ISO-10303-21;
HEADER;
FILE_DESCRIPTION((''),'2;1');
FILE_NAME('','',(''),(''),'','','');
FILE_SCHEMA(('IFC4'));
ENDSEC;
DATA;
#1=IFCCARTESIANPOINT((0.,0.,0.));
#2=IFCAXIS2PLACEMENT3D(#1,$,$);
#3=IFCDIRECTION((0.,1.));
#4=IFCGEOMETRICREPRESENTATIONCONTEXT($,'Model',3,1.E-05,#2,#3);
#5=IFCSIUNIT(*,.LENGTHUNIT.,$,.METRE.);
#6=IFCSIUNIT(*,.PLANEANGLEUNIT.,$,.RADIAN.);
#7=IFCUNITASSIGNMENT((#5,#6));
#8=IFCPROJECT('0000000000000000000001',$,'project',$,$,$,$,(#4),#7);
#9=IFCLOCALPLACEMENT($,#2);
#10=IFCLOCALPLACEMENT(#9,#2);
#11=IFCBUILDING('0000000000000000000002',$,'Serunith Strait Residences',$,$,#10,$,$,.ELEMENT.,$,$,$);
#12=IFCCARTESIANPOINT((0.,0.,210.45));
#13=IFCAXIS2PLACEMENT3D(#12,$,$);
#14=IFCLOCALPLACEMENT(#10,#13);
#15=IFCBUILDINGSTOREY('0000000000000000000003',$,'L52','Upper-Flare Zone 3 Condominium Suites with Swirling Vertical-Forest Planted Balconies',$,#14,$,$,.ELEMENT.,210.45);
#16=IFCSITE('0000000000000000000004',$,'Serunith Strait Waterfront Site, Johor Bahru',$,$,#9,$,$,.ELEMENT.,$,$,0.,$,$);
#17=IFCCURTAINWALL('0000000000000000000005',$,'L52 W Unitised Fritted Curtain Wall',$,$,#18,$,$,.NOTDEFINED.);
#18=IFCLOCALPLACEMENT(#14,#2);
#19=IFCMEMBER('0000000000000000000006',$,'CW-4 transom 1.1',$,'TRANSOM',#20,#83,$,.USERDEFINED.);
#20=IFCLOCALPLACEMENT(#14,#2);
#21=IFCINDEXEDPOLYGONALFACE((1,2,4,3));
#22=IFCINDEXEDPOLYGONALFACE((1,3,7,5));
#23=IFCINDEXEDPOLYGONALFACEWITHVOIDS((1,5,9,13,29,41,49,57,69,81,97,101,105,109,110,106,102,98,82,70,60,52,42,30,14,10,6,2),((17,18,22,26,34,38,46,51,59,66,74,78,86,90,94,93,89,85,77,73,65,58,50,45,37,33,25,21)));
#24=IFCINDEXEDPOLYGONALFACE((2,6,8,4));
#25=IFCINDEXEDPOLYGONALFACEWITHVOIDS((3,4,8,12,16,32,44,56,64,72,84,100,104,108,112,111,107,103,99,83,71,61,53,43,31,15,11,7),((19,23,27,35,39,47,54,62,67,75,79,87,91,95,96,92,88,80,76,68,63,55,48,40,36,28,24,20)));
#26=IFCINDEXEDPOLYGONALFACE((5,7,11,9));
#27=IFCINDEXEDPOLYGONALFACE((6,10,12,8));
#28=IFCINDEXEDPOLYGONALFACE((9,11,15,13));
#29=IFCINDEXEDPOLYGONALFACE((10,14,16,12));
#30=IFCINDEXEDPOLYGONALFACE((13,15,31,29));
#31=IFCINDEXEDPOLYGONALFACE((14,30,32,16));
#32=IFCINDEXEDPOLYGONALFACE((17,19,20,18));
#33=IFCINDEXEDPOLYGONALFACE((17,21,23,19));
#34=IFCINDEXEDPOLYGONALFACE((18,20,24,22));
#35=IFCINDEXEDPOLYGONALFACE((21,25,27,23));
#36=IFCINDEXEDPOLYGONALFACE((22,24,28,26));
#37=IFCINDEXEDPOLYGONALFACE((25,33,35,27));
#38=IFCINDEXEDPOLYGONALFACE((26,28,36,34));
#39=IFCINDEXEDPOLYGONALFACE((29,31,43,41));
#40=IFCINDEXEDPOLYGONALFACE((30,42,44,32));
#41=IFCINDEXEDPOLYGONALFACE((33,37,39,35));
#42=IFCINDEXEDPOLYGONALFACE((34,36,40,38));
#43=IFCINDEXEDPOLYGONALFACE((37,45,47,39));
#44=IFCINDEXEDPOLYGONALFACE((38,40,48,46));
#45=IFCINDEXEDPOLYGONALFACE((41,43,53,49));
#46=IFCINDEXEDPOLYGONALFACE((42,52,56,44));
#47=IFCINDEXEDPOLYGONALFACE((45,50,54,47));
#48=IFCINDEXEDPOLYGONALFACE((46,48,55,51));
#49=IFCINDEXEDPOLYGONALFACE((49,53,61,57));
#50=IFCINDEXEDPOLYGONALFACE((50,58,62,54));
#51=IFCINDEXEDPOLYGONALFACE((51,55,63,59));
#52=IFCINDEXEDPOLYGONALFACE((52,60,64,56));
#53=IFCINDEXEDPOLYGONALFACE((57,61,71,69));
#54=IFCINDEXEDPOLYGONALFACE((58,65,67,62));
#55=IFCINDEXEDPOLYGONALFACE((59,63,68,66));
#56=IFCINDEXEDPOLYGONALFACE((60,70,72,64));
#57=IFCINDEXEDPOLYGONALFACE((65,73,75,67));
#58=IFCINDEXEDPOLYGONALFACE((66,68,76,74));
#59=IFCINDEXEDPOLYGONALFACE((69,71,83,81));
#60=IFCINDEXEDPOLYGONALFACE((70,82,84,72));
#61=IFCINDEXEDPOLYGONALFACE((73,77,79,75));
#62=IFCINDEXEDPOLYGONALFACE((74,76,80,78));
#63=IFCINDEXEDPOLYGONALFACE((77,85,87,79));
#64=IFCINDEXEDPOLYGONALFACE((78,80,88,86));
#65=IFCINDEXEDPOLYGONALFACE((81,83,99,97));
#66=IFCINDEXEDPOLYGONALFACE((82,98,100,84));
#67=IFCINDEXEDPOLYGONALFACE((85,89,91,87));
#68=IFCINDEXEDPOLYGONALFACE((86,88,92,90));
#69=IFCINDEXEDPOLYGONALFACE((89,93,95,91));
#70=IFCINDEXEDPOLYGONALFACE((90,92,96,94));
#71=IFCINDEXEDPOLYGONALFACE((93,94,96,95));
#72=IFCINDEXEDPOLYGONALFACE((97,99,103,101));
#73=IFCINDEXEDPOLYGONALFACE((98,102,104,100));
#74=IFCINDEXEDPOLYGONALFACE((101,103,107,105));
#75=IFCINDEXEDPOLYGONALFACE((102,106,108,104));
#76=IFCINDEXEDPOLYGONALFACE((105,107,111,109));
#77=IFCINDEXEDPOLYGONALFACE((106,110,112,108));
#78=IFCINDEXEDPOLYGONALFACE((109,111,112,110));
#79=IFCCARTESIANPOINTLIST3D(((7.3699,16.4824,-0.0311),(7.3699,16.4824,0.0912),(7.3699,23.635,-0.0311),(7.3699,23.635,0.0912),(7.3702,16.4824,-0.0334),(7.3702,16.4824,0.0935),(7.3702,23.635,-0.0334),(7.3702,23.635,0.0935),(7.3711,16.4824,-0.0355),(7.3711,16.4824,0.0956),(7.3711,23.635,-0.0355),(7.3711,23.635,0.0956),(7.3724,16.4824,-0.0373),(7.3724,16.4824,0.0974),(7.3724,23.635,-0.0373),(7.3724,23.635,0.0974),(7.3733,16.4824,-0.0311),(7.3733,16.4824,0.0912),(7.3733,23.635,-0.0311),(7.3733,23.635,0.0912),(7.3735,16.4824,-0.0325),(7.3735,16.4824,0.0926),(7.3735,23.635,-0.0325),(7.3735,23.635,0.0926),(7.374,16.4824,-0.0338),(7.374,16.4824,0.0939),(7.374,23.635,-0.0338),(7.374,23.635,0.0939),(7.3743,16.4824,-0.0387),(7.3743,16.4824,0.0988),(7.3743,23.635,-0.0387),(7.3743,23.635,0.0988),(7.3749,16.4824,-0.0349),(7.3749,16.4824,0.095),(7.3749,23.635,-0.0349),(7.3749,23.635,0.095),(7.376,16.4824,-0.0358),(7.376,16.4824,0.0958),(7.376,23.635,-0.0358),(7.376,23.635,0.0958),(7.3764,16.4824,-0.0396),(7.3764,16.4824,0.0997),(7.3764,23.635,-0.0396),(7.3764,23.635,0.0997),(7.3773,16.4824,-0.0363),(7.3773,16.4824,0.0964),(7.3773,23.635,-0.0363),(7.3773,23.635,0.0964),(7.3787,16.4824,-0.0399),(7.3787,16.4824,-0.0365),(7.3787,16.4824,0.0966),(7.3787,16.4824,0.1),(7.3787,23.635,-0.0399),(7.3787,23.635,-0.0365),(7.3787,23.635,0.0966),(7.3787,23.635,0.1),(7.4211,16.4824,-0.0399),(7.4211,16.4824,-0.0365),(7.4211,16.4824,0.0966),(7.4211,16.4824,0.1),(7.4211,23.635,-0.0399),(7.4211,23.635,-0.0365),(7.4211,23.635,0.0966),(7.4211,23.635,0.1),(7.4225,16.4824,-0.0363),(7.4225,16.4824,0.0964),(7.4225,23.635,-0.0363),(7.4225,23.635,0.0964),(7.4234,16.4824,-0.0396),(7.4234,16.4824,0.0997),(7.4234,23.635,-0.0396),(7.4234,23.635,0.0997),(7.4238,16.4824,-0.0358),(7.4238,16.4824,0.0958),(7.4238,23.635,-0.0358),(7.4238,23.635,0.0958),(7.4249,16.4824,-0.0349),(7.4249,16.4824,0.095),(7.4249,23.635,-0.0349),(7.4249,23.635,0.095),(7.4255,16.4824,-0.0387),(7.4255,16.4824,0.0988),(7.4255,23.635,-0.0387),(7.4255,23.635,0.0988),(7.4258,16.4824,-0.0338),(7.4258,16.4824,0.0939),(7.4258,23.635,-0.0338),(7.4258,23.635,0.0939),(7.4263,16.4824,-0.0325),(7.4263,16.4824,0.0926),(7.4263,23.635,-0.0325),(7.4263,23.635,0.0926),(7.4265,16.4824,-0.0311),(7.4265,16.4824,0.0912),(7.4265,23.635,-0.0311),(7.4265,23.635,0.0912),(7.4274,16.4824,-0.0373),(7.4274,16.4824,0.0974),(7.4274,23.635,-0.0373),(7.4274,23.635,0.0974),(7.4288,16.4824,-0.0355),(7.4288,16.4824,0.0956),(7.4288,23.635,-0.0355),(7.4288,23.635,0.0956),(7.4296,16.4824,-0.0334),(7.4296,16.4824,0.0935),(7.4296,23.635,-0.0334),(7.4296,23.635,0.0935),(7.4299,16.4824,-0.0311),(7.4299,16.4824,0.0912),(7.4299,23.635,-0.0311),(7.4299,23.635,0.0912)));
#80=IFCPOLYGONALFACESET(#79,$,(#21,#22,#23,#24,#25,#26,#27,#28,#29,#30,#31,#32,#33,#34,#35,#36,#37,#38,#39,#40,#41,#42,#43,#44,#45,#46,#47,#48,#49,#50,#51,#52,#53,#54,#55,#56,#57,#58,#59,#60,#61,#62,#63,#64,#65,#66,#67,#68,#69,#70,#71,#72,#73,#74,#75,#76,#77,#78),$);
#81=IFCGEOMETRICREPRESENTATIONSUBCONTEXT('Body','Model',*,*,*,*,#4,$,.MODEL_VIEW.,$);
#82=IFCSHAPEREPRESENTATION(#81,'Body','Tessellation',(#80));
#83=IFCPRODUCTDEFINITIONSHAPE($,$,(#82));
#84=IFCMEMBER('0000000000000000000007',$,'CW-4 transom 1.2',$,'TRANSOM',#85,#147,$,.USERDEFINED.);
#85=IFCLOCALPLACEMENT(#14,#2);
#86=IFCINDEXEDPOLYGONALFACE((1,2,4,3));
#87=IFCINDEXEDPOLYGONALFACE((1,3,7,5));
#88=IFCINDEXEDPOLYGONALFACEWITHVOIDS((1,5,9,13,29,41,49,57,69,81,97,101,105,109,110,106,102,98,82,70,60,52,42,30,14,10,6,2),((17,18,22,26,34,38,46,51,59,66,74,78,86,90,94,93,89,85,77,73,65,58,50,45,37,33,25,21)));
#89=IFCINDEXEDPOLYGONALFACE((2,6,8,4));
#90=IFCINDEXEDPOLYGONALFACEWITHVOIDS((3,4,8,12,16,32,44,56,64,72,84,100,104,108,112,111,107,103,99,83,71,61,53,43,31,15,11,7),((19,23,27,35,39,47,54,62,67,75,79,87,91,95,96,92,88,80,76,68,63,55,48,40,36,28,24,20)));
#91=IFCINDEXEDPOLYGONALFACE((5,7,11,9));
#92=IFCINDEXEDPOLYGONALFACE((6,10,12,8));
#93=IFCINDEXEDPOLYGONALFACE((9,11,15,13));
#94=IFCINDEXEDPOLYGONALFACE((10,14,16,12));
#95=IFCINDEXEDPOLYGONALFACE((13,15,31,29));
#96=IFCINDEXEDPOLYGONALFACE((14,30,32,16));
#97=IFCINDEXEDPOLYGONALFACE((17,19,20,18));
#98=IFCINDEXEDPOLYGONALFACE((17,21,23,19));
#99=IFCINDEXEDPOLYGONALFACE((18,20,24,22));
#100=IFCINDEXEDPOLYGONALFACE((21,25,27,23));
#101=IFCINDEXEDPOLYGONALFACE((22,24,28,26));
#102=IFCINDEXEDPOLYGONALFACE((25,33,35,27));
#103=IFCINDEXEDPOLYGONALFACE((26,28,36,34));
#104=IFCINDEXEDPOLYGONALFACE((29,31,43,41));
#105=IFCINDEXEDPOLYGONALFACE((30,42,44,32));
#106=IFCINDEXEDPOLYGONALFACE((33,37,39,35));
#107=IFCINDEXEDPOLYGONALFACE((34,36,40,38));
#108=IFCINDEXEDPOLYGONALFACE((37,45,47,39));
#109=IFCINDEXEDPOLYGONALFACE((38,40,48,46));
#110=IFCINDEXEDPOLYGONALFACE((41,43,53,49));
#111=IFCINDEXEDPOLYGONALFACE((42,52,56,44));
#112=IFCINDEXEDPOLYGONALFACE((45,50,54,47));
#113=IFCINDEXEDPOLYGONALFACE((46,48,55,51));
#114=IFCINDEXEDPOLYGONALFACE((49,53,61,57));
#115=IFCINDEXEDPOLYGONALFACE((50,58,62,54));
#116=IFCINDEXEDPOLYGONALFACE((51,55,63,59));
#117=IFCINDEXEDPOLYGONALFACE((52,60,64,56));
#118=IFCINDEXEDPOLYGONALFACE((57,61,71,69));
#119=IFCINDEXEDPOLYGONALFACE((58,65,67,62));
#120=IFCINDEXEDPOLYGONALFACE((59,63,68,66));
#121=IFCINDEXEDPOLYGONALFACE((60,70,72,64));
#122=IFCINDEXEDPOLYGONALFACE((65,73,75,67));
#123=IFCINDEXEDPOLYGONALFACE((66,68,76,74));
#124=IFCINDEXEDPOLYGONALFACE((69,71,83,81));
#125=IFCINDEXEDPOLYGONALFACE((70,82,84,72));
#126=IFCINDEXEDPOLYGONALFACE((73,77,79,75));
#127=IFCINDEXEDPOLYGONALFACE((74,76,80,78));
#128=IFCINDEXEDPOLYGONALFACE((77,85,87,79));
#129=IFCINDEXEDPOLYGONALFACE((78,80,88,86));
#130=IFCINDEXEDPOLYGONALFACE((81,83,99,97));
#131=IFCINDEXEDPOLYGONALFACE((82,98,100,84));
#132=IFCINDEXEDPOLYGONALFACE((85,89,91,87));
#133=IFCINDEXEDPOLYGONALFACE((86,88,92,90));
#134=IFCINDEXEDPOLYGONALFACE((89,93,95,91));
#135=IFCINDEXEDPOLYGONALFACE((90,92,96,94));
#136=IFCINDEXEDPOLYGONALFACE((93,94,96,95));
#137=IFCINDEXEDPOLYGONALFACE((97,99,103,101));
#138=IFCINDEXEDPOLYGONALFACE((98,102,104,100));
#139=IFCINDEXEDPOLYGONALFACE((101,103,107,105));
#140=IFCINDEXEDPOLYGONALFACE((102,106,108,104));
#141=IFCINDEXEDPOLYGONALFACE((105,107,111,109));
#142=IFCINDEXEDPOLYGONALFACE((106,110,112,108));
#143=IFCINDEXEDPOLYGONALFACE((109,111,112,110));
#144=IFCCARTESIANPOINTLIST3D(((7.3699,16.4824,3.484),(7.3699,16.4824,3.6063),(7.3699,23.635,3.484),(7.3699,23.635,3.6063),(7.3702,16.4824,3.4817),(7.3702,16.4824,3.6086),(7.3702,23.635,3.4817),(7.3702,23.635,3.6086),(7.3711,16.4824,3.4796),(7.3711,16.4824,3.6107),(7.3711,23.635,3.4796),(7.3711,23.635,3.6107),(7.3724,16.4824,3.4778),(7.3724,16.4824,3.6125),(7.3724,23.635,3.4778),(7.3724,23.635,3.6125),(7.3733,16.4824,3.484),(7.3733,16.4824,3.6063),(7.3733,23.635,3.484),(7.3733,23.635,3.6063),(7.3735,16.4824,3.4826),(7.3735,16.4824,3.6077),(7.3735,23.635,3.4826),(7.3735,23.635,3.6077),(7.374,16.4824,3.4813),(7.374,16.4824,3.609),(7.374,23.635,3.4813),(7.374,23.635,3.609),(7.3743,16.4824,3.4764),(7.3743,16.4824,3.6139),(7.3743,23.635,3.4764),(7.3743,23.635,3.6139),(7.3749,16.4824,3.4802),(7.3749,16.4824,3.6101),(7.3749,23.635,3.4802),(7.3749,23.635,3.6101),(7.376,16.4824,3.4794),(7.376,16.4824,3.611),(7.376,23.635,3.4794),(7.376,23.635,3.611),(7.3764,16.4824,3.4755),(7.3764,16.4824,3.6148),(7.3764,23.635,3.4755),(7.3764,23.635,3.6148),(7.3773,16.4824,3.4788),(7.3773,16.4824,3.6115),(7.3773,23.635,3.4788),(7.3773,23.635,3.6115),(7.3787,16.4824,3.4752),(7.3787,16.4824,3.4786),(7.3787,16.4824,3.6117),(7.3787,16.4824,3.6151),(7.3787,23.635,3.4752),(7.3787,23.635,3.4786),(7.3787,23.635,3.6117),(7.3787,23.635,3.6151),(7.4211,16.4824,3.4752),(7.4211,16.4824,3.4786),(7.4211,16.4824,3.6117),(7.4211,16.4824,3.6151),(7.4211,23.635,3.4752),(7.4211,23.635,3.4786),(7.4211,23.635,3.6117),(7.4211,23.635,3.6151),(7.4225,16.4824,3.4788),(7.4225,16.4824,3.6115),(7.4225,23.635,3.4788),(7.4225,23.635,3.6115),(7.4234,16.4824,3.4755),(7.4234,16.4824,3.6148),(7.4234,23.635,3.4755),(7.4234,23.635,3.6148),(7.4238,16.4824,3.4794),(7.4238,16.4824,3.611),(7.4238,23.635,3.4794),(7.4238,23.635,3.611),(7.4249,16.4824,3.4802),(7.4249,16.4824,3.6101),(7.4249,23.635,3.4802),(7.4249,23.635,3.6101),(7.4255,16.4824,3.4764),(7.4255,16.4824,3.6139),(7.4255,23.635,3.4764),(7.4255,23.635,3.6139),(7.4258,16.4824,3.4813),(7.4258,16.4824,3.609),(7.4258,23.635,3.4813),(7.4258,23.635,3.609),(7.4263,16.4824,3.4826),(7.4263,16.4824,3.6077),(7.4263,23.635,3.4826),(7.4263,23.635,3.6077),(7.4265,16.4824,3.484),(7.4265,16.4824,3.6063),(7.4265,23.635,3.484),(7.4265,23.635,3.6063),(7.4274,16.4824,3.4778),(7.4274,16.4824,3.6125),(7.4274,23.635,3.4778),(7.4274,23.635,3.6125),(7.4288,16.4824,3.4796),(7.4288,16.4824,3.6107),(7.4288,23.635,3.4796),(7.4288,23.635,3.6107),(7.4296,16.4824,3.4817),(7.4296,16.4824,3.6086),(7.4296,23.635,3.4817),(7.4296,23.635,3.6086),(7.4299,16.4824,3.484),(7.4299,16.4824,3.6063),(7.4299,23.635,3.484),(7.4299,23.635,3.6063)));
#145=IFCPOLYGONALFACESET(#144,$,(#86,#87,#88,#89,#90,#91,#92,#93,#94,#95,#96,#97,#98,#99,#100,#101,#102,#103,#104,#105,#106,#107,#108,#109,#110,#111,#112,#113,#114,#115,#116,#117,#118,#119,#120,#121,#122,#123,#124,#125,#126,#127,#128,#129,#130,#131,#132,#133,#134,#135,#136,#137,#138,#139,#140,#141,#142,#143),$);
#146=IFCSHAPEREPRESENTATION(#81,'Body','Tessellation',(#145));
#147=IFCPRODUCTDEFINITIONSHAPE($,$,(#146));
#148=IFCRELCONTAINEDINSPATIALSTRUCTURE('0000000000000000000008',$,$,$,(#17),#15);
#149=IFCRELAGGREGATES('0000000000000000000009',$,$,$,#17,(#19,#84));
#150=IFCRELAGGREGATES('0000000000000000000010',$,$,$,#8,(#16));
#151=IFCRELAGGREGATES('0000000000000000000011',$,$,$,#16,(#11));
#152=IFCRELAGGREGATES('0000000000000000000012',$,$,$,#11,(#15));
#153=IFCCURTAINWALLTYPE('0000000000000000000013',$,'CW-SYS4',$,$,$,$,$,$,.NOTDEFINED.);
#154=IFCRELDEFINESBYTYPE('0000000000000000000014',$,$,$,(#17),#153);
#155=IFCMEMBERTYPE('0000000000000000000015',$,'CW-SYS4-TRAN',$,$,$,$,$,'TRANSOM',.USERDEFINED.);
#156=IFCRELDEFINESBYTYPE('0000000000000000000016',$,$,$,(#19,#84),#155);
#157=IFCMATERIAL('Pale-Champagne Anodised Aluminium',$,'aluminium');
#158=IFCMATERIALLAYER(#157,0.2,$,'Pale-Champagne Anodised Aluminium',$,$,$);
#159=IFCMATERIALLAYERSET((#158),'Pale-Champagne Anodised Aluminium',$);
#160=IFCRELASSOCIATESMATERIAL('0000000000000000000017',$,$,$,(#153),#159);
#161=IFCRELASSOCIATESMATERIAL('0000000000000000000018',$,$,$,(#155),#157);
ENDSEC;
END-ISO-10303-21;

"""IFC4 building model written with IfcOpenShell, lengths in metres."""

from ifc_helpers import new_model, si_unit, direction, frame, origin, origin_2d, place, context, subcontext, project, spatial, hollow_rectangle, extrude, source, transform, mapped, material, layer, layer_set, material_profile, profile_set, type_object, element, aggregate, save


model = new_model("IFC4")

# Units and contexts
model_context = context("Model", 3, precision=1e-05, world=origin(), true_north=direction((0.0, 1.0)))
body_context = subcontext(model_context, "Body", "Model", "MODEL_VIEW")
ifc_project = project(units=[si_unit("LENGTHUNIT", "METRE"), si_unit("PLANEANGLEUNIT", "RADIAN")], contexts=[model_context])

# Site, building, storey
site_placement = place(None, origin())
site = spatial("IfcSite", under=ifc_project, at=site_placement, Name="Serunith Strait Waterfront Site, Johor Bahru", CompositionType="ELEMENT", RefElevation=0.0)
building_placement = place(site_placement, origin())
building = spatial("IfcBuilding", under=site, at=building_placement, Name="Serunith Strait Residences", CompositionType="ELEMENT")
storey_placement = place(building_placement, frame((0.0, 0.0, 210.45)))
storey = spatial("IfcBuildingStorey", under=building, at=storey_placement, Name="L52", Description="Upper-Flare Zone 3 Condominium Suites with Swirling Vertical-Forest Planted Balconies", CompositionType="ELEMENT", Elevation=210.45)

# Curtain wall, members
ifc_material_1 = material(Name="Pale-Champagne Anodised Aluminium", Category="aluminium")
ifc_layer_1 = layer(ifc_material_1, 0.2, Name="Pale-Champagne Anodised Aluminium")
ifc_layer_set_1 = layer_set([ifc_layer_1], Name="Pale-Champagne Anodised Aluminium")
curtain_wall_type = type_object("IfcCurtainWallType", Name="CW-SYS4", PredefinedType="NOTDEFINED", material=ifc_layer_set_1)
curtain_wall_placement = place(storey_placement, origin())
curtain_wall = element("IfcCurtainWall", 1, at=curtain_wall_placement, inside=storey, type_object=curtain_wall_type, Name="L52 W Unitised Fritted Curtain Wall", PredefinedType="NOTDEFINED")
ifc_material_profile_1 = material_profile(ifc_material_1, hollow_rectangle(XDim=0.0601, YDim=0.1399, WallThickness=0.0034, InnerFilletRadius=0.0054, OuterFilletRadius=0.0088, at=origin_2d()), Name="ALU 140x60x3.5")
ifc_profile_set_1 = profile_set([ifc_material_profile_1], Name="Pale-Champagne Anodised Aluminium")
member_type_1 = type_object("IfcMemberType", Name="CW-SYS4-TRAN", ElementType="TRANSOM", PredefinedType="USERDEFINED", material=ifc_profile_set_1)
shared_shape_1 = source(origin(), body_context, "Body", "SweptSolid", [
    extrude(hollow_rectangle(XDim=0.0601, YDim=0.1399, WallThickness=0.0034, InnerFilletRadius=0.0054, OuterFilletRadius=0.0088, at=origin_2d()), origin(), (0.0, 0.0, 1.0), 7.1526),
])
member_1_placement = place(storey_placement, frame((7.3999, 23.635, 0.03), z_axis=(0.0, -1.0, 0.0), x_axis=(1.0, 0.0, 0.0)))
member_1 = element("IfcMember", 2, at=member_1_placement, type_object=member_type_1, Name="CW-4 transom 1.1", ObjectType="TRANSOM", PredefinedType="USERDEFINED", context=body_context, shape_type="MappedRepresentation", body=[
    mapped(shared_shape_1, transform((0.0, 0.0, 0.0), scale=1.0)),
])
member_2_placement = place(storey_placement, frame((7.3999, 23.635, 3.5452), z_axis=(0.0, -1.0, 0.0), x_axis=(1.0, 0.0, 0.0)))
member_2 = element("IfcMember", 3, at=member_2_placement, type_object=member_type_1, Name="CW-4 transom 1.2", ObjectType="TRANSOM", PredefinedType="USERDEFINED", context=body_context, shape_type="MappedRepresentation", body=[
    mapped(shared_shape_1, transform((0.0, 0.0, 0.0), scale=1.0)),
])
aggregate(curtain_wall, [member_1, member_2])

save(model, "model.ifc")
